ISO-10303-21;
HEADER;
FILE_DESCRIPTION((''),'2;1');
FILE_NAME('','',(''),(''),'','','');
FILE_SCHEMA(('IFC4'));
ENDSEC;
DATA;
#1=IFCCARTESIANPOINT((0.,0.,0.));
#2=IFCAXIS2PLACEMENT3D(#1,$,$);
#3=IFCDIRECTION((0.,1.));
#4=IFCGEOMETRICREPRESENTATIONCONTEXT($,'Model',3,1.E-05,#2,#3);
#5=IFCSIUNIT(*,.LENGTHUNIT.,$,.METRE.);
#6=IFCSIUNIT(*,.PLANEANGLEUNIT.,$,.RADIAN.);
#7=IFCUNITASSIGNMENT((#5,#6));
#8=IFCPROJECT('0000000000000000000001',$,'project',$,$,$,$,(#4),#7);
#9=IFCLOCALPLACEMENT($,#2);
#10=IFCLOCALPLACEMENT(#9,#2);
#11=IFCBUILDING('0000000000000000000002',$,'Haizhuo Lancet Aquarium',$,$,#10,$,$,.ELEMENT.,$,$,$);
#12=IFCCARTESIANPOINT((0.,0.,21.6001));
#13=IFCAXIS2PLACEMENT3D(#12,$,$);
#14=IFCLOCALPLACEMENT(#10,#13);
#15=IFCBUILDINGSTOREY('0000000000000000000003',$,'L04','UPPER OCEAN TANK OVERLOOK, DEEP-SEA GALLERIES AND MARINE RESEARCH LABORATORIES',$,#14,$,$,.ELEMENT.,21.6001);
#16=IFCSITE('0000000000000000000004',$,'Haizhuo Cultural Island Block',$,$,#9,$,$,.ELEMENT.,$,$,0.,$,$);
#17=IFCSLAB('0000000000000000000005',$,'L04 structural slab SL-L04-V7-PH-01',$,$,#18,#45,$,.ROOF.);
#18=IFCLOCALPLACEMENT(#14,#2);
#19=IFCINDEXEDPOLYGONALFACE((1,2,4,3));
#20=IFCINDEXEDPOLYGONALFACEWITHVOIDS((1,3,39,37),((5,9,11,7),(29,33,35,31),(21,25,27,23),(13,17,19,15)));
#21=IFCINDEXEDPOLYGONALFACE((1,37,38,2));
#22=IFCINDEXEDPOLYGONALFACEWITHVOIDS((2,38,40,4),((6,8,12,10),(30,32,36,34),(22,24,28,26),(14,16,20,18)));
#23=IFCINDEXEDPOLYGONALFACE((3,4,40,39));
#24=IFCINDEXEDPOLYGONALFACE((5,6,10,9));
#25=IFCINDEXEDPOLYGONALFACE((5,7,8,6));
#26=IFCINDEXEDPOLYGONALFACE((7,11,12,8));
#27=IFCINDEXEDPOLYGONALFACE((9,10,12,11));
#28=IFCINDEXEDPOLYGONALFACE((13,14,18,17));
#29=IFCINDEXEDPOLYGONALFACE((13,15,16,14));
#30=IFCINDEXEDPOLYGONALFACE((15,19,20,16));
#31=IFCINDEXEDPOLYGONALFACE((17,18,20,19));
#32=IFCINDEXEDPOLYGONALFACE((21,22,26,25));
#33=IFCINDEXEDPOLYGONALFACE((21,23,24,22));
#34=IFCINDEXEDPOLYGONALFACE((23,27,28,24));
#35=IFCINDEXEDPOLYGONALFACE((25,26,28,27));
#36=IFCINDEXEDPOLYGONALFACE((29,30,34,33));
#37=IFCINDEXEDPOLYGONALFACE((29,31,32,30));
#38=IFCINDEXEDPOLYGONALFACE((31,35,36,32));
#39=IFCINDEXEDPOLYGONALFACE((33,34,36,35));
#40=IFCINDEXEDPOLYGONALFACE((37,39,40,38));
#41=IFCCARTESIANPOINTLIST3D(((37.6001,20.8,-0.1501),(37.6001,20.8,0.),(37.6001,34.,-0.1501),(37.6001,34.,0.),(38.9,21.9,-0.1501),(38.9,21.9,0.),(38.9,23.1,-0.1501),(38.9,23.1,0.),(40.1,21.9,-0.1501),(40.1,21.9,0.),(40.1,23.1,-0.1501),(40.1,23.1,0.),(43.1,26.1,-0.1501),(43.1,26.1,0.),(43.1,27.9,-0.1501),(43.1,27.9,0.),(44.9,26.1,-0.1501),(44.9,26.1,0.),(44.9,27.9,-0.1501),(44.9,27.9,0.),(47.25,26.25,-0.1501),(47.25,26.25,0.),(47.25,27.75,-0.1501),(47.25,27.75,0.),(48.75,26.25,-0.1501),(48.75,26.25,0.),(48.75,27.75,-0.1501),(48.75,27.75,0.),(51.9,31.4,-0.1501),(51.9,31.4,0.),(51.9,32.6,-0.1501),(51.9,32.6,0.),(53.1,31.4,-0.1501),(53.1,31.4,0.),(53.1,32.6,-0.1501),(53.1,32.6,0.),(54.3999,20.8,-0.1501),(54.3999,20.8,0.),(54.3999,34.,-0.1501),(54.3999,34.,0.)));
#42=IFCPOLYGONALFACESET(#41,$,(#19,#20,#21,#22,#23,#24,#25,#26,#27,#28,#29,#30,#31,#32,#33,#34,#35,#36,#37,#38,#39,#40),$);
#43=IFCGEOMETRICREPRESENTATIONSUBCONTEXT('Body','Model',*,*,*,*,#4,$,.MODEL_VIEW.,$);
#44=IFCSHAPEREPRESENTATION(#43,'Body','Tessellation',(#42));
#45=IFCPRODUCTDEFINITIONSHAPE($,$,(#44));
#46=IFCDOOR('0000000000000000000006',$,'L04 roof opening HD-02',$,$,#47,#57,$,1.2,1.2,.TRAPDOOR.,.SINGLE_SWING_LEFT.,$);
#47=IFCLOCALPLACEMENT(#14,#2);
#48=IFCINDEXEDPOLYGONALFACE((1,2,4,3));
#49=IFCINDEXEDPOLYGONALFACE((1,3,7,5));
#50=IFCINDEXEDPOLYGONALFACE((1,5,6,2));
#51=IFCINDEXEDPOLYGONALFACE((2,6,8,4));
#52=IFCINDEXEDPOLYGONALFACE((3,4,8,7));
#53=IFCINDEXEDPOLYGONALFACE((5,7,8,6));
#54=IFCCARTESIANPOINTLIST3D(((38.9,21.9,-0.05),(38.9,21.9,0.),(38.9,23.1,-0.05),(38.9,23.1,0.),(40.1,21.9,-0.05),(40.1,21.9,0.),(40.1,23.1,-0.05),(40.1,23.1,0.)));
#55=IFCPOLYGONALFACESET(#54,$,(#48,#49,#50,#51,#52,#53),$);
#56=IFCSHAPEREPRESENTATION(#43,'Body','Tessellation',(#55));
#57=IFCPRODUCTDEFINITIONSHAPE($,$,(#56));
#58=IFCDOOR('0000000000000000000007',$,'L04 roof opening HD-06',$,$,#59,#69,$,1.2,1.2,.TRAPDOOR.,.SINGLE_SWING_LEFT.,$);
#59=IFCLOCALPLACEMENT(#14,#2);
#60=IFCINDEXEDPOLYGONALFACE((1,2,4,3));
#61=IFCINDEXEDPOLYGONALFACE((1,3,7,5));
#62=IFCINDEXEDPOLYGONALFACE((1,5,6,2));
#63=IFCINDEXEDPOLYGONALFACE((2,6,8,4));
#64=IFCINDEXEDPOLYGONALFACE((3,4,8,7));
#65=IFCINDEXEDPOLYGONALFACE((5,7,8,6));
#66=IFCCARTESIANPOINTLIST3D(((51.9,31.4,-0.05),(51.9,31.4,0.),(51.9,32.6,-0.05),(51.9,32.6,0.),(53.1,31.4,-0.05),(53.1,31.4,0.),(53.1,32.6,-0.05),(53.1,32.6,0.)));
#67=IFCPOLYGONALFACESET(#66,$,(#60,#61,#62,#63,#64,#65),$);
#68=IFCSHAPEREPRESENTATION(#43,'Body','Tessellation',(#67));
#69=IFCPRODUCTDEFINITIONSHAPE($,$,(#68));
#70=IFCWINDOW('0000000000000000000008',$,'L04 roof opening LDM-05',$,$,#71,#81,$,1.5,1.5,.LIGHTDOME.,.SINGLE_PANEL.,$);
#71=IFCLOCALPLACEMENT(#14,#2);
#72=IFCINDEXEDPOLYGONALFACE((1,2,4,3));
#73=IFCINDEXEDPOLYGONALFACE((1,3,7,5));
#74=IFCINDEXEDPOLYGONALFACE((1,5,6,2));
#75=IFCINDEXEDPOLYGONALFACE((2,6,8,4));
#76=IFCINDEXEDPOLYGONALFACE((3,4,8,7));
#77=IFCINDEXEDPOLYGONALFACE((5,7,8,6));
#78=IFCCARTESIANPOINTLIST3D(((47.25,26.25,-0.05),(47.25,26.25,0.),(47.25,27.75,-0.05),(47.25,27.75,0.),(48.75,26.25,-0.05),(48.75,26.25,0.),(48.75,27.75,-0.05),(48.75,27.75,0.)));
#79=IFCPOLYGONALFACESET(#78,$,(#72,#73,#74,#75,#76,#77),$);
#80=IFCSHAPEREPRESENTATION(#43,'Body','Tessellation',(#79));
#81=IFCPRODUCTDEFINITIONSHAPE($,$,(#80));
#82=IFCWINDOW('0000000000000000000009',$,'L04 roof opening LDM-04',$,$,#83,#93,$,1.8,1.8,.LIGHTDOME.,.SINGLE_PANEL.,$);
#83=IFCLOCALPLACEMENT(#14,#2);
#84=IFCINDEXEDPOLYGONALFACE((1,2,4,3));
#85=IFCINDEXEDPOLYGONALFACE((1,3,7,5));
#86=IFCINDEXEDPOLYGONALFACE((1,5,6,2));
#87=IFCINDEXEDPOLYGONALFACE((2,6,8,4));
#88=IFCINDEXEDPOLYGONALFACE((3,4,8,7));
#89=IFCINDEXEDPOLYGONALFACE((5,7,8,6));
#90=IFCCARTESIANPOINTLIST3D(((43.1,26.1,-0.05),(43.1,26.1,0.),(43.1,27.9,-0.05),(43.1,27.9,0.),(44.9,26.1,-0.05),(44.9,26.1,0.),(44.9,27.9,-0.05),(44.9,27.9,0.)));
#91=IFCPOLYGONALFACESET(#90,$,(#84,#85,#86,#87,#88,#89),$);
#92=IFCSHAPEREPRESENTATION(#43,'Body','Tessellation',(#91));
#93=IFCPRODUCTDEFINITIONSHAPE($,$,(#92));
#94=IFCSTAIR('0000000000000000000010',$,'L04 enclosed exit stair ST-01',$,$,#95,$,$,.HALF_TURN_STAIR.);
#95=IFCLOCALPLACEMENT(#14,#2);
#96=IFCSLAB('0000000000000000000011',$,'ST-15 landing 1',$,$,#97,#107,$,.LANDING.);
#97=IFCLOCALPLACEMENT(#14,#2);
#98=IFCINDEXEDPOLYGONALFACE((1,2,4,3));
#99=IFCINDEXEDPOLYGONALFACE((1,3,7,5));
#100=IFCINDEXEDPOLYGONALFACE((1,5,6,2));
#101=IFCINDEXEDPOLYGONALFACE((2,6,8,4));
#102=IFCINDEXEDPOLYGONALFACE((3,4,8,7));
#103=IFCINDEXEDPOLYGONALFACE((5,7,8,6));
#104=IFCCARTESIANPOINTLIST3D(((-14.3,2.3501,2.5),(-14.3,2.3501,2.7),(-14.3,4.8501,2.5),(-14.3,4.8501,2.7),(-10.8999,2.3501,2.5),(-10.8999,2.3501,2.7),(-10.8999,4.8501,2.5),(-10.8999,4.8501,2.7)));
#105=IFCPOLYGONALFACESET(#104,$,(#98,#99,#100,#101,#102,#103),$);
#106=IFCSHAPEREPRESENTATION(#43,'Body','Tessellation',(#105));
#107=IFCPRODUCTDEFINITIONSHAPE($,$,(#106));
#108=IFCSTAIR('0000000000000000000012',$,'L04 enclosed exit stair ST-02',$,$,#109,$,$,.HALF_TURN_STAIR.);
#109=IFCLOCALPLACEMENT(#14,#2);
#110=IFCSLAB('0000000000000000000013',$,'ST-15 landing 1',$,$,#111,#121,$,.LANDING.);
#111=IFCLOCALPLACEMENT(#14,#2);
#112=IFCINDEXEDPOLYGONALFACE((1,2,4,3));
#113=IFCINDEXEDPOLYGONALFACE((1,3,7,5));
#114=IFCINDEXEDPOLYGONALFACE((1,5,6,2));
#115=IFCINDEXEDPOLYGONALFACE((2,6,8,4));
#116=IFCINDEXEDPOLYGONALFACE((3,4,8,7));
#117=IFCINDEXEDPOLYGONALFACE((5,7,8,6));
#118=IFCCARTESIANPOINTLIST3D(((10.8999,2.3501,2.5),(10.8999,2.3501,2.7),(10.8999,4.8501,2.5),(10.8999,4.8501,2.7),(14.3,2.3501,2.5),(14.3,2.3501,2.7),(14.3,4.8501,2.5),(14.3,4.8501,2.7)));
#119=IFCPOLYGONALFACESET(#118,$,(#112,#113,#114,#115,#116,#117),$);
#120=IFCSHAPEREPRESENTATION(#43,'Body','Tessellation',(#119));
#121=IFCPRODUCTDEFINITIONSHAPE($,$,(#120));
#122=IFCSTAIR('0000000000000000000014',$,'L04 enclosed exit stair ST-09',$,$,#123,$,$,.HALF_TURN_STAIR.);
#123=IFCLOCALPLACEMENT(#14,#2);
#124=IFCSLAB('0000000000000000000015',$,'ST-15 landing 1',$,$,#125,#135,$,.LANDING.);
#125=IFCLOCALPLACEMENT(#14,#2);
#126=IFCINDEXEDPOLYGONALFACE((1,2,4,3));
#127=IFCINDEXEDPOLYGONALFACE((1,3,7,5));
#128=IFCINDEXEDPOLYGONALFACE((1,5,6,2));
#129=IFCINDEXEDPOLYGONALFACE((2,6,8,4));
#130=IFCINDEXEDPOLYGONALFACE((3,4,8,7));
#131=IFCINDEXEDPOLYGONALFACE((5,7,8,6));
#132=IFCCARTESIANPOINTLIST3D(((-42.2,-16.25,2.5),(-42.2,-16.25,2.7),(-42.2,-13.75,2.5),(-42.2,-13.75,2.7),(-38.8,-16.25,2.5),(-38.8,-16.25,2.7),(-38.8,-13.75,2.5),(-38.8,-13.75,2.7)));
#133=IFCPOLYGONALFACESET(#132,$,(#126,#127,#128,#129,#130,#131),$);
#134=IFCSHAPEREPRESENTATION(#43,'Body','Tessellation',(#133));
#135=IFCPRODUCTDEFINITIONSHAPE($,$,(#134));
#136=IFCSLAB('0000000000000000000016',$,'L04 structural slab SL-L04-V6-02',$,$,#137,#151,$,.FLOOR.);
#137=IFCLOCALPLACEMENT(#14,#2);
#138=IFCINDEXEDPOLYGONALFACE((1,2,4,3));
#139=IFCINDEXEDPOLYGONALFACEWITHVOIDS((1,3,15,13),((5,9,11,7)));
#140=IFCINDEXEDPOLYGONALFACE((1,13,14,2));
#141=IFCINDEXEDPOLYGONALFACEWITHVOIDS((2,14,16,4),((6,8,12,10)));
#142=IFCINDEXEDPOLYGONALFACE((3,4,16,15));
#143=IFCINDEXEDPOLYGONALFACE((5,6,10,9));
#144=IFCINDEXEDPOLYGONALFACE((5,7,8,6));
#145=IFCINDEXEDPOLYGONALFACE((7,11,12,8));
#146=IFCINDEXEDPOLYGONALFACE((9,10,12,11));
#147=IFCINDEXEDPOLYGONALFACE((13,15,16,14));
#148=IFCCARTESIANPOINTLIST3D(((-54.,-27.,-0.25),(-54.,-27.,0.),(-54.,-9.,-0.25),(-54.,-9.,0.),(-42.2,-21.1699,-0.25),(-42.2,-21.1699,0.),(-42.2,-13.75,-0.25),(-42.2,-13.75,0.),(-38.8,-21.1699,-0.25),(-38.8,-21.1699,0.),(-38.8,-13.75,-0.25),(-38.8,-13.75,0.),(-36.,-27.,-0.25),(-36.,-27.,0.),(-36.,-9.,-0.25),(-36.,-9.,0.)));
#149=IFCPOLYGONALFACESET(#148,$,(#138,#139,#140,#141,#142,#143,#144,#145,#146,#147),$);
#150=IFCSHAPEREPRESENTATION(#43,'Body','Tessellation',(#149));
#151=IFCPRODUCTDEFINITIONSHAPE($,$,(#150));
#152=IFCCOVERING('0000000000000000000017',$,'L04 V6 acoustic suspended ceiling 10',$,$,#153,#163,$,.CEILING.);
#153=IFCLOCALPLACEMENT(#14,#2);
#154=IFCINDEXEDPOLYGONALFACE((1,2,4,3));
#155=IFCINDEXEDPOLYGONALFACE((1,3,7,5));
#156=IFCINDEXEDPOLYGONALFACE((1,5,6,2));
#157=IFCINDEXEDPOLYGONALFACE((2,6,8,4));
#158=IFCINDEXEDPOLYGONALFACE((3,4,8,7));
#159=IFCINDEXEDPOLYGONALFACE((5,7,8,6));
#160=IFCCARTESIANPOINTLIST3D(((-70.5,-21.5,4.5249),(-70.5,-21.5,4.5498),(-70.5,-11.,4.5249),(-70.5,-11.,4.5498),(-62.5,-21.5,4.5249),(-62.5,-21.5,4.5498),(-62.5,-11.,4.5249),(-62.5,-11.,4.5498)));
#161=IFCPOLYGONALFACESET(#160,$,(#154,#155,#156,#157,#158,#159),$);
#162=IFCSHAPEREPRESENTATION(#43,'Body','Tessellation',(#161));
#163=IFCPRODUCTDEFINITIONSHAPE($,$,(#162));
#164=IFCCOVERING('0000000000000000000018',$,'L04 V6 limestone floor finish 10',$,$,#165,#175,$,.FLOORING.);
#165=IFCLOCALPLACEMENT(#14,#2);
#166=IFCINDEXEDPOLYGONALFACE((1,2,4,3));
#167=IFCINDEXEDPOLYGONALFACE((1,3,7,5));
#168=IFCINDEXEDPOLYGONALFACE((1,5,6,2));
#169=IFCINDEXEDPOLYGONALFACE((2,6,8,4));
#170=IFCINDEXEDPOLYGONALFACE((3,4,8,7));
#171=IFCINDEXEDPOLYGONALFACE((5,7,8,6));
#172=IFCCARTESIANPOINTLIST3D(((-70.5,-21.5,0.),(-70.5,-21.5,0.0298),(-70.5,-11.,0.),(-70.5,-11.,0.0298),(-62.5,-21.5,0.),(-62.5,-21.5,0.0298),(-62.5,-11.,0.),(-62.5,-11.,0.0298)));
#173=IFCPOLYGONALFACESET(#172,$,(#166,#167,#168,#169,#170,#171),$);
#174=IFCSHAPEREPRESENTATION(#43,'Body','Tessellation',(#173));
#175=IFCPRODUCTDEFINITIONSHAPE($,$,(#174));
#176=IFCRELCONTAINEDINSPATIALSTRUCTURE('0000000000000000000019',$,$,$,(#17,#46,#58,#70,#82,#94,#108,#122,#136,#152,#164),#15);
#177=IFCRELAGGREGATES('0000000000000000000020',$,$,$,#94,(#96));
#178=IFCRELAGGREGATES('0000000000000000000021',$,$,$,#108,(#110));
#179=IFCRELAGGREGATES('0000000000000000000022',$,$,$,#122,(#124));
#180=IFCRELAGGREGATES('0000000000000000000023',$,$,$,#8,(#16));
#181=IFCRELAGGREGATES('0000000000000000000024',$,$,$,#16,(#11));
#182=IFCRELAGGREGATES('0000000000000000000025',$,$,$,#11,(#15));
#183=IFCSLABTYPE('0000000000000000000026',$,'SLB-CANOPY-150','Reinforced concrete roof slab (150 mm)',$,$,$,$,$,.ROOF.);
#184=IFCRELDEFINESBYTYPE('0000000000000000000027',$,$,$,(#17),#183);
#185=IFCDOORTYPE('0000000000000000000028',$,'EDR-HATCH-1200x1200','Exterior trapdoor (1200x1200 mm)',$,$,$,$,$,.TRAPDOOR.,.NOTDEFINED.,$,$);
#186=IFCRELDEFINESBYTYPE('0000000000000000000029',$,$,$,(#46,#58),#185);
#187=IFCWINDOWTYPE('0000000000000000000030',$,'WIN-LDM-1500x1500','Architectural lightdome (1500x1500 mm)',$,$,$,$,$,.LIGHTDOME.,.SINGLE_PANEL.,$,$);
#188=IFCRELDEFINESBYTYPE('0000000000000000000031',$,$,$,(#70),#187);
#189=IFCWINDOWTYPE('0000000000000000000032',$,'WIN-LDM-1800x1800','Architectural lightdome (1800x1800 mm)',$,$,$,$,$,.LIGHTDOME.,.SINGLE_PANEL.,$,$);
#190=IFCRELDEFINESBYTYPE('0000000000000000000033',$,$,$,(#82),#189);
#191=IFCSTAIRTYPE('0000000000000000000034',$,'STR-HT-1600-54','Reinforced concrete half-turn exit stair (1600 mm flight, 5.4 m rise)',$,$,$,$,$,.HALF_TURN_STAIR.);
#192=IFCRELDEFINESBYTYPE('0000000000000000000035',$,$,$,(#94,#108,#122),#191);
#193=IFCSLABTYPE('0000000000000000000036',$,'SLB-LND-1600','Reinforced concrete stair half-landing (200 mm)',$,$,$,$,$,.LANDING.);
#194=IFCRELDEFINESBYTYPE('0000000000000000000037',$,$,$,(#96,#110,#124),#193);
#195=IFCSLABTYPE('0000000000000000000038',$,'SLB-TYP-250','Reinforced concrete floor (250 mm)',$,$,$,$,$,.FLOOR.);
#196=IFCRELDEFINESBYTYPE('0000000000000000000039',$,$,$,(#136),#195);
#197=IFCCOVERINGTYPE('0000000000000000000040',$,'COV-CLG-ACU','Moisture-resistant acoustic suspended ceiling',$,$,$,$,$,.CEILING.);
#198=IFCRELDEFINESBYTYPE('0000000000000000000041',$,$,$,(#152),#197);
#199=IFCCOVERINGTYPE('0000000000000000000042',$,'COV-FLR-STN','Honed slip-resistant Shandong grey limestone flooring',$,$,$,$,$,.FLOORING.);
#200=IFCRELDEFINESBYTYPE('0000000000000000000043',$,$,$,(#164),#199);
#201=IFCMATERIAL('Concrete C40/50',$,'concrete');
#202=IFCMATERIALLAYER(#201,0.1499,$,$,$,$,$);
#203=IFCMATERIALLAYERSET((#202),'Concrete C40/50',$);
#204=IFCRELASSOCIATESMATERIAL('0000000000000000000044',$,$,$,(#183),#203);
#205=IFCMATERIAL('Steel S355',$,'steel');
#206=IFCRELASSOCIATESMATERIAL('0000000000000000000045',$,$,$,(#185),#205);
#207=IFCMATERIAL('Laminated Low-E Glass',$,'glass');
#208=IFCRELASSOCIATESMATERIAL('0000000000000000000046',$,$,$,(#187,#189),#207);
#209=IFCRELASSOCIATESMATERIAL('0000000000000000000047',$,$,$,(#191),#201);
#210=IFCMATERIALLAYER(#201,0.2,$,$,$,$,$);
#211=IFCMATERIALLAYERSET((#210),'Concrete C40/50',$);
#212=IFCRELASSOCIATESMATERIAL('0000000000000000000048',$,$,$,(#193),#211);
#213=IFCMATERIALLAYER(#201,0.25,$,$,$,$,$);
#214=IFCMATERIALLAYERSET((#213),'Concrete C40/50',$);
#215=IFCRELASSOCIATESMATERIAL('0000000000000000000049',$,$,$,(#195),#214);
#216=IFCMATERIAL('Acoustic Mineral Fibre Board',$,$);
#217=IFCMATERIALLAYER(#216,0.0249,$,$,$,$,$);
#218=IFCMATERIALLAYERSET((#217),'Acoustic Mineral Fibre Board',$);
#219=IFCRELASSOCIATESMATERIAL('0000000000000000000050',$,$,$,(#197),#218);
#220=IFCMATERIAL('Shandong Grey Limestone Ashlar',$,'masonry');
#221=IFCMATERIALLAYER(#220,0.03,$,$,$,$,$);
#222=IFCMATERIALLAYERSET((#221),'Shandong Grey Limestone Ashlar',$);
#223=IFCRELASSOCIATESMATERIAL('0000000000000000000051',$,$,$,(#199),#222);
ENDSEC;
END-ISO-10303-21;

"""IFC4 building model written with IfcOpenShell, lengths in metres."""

from ifc_helpers import new_model, si_unit, direction, frame, origin, origin_2d, place, context, subcontext, project, spatial, polyline, rectangle, outline, extrude, material, layer, layer_set, type_object, element, fill, aggregate, save


model = new_model("IFC4")

# Units and contexts
model_context = context("Model", 3, precision=1e-05, world=origin(), true_north=direction((0.0, 1.0)))
body_context = subcontext(model_context, "Body", "Model", "MODEL_VIEW")
ifc_project = project(units=[si_unit("LENGTHUNIT", "METRE"), si_unit("PLANEANGLEUNIT", "RADIAN")], contexts=[model_context])

# Site, building, storey
site_placement = place(None, origin())
site = spatial("IfcSite", under=ifc_project, at=site_placement, Name="Haizhuo Cultural Island Block", CompositionType="ELEMENT", RefElevation=0.0)
building_placement = place(site_placement, origin())
building = spatial("IfcBuilding", under=site, at=building_placement, Name="Haizhuo Lancet Aquarium", CompositionType="ELEMENT")
storey_placement = place(building_placement, frame((0.0, 0.0, 21.6001)))
storey = spatial("IfcBuildingStorey", under=building, at=storey_placement, Name="L04", Description="UPPER OCEAN TANK OVERLOOK, DEEP-SEA GALLERIES AND MARINE RESEARCH LABORATORIES", CompositionType="ELEMENT", Elevation=21.6001)

# Shared definitions
ifc_material_1 = material(Name="Concrete C40/50", Category="concrete")

# Shared definitions
ifc_layer_1 = layer(ifc_material_1, 0.1499)
ifc_layer_set_1 = layer_set([ifc_layer_1], Name="Concrete C40/50")
slab_type_1 = type_object("IfcSlabType", Name="SLB-CANOPY-150", Description="Reinforced concrete roof slab (150 mm)", PredefinedType="ROOF", material=ifc_layer_set_1)
ifc_material_2 = material(Name="Steel S355", Category="steel")
door_type = type_object("IfcDoorType", Name="EDR-HATCH-1200x1200", Description="Exterior trapdoor (1200x1200 mm)", OperationType="NOTDEFINED", PredefinedType="TRAPDOOR", material=ifc_material_2)
ifc_material_3 = material(Name="Laminated Low-E Glass", Category="glass")
window_type_1 = type_object("IfcWindowType", Name="WIN-LDM-1500x1500", Description="Architectural lightdome (1500x1500 mm)", PartitioningType="SINGLE_PANEL", PredefinedType="LIGHTDOME", material=ifc_material_3)
window_type_2 = type_object("IfcWindowType", Name="WIN-LDM-1800x1800", Description="Architectural lightdome (1800x1800 mm)", PartitioningType="SINGLE_PANEL", PredefinedType="LIGHTDOME", material=ifc_material_3)

# Slab, openings, doors, windows
slab_1_placement = place(storey_placement, frame((0.0, 0.0, -0.1501)))
slab_1 = element("IfcSlab", 1, at=slab_1_placement, inside=storey, type_object=slab_type_1, Name="L04 structural slab SL-L04-V7-PH-01", PredefinedType="ROOF", context=body_context, shape_type="SweptSolid", body=[
    extrude(outline(polyline([(37.6001, 20.8), (54.3999, 20.8), (54.3999, 34.0), (37.6001, 34.0), (37.6001, 20.8)])), origin(), (0.0, 0.0, 1.0), 0.1501),
])
opening_1_placement = place(slab_1_placement, frame((44.0, 27.0, 0.0)))
opening_1 = element("IfcOpeningElement", 2, at=opening_1_placement, cuts=slab_1, PredefinedType="OPENING", context=body_context, shape_type="SweptSolid", body=[
    extrude(rectangle(XDim=1.8, YDim=1.8, at=origin_2d()), origin(), (0.0, 0.0, 1.0), 0.1501),
])
opening_2_placement = place(slab_1_placement, frame((48.0, 27.0, 0.0)))
opening_2 = element("IfcOpeningElement", 3, at=opening_2_placement, cuts=slab_1, PredefinedType="OPENING", context=body_context, shape_type="SweptSolid", body=[
    extrude(rectangle(XDim=1.5, YDim=1.5, at=origin_2d()), origin(), (0.0, 0.0, 1.0), 0.1501),
])
opening_3_placement = place(slab_1_placement, frame((39.5, 22.5, 0.0)))
opening_3 = element("IfcOpeningElement", 4, at=opening_3_placement, cuts=slab_1, PredefinedType="OPENING", context=body_context, shape_type="SweptSolid", body=[
    extrude(rectangle(XDim=1.2, YDim=1.2, at=origin_2d()), origin(), (0.0, 0.0, 1.0), 0.1501),
])
opening_4_placement = place(slab_1_placement, frame((52.5, 32.0, 0.0)))
opening_4 = element("IfcOpeningElement", 5, at=opening_4_placement, cuts=slab_1, PredefinedType="OPENING", context=body_context, shape_type="SweptSolid", body=[
    extrude(rectangle(XDim=1.2, YDim=1.2, at=origin_2d()), origin(), (0.0, 0.0, 1.0), 0.1501),
])
door_1_placement = place(opening_3_placement, frame((0.0, 0.0, 0.1001)))
door_1 = element("IfcDoor", 6, at=door_1_placement, inside=storey, type_object=door_type, Name="L04 roof opening HD-02", OperationType="SINGLE_SWING_LEFT", OverallHeight=1.2, OverallWidth=1.2, PredefinedType="TRAPDOOR", context=body_context, shape_type="SweptSolid", body=[
    extrude(rectangle(XDim=1.2, YDim=1.2, at=origin_2d()), origin(), (0.0, 0.0, 1.0), 0.05),
])
fill(opening_3, door_1)
door_2_placement = place(opening_4_placement, frame((0.0, 0.0, 0.1001)))
door_2 = element("IfcDoor", 7, at=door_2_placement, inside=storey, type_object=door_type, Name="L04 roof opening HD-06", OperationType="SINGLE_SWING_LEFT", OverallHeight=1.2, OverallWidth=1.2, PredefinedType="TRAPDOOR", context=body_context, shape_type="SweptSolid", body=[
    extrude(rectangle(XDim=1.2, YDim=1.2, at=origin_2d()), origin(), (0.0, 0.0, 1.0), 0.05),
])
fill(opening_4, door_2)
window_1_placement = place(opening_2_placement, frame((0.0, 0.0, 0.1001)))
window_1 = element("IfcWindow", 8, at=window_1_placement, inside=storey, type_object=window_type_1, Name="L04 roof opening LDM-05", OverallHeight=1.5, OverallWidth=1.5, PartitioningType="SINGLE_PANEL", PredefinedType="LIGHTDOME", context=body_context, shape_type="SweptSolid", body=[
    extrude(rectangle(XDim=1.5, YDim=1.5, at=origin_2d()), origin(), (0.0, 0.0, 1.0), 0.05),
])
fill(opening_2, window_1)
window_2_placement = place(opening_1_placement, frame((0.0, 0.0, 0.1001)))
window_2 = element("IfcWindow", 9, at=window_2_placement, inside=storey, type_object=window_type_2, Name="L04 roof opening LDM-04", OverallHeight=1.8, OverallWidth=1.8, PartitioningType="SINGLE_PANEL", PredefinedType="LIGHTDOME", context=body_context, shape_type="SweptSolid", body=[
    extrude(rectangle(XDim=1.8, YDim=1.8, at=origin_2d()), origin(), (0.0, 0.0, 1.0), 0.05),
])
fill(opening_1, window_2)

# Stairs, slabs
stair_type = type_object("IfcStairType", Name="STR-HT-1600-54", Description="Reinforced concrete half-turn exit stair (1600 mm flight, 5.4 m rise)", PredefinedType="HALF_TURN_STAIR", material=ifc_material_1)
stair_1_placement = place(storey_placement, origin())
stair_1 = element("IfcStair", 10, at=stair_1_placement, inside=storey, type_object=stair_type, Name="L04 enclosed exit stair ST-01", PredefinedType="HALF_TURN_STAIR")
ifc_layer_2 = layer(ifc_material_1, 0.2)
ifc_layer_set_2 = layer_set([ifc_layer_2], Name="Concrete C40/50")
slab_type_2 = type_object("IfcSlabType", Name="SLB-LND-1600", Description="Reinforced concrete stair half-landing (200 mm)", PredefinedType="LANDING", material=ifc_layer_set_2)
slab_2_placement = place(storey_placement, frame((0.0, 0.0, 2.5)))
slab_2 = element("IfcSlab", 11, at=slab_2_placement, type_object=slab_type_2, Name="ST-15 landing 1", PredefinedType="LANDING", context=body_context, shape_type="SweptSolid", body=[
    extrude(outline(polyline([(-10.8999, 2.3501), (-10.8999, 4.8501), (-14.3, 4.8501), (-14.3, 2.3501), (-10.8999, 2.3501)])), origin(), (0.0, 0.0, 1.0), 0.2),
])
aggregate(stair_1, [slab_2])
stair_2_placement = place(storey_placement, origin())
stair_2 = element("IfcStair", 12, at=stair_2_placement, inside=storey, type_object=stair_type, Name="L04 enclosed exit stair ST-02", PredefinedType="HALF_TURN_STAIR")
slab_3_placement = place(storey_placement, frame((0.0, 0.0, 2.5)))
slab_3 = element("IfcSlab", 13, at=slab_3_placement, type_object=slab_type_2, Name="ST-15 landing 1", PredefinedType="LANDING", context=body_context, shape_type="SweptSolid", body=[
    extrude(outline(polyline([(14.3, 2.3501), (14.3, 4.8501), (10.8999, 4.8501), (10.8999, 2.3501), (14.3, 2.3501)])), origin(), (0.0, 0.0, 1.0), 0.2),
])
aggregate(stair_2, [slab_3])
stair_3_placement = place(storey_placement, origin())
stair_3 = element("IfcStair", 14, at=stair_3_placement, inside=storey, type_object=stair_type, Name="L04 enclosed exit stair ST-09", PredefinedType="HALF_TURN_STAIR")
slab_4_placement = place(storey_placement, frame((0.0, 0.0, 2.5)))
slab_4 = element("IfcSlab", 15, at=slab_4_placement, type_object=slab_type_2, Name="ST-15 landing 1", PredefinedType="LANDING", context=body_context, shape_type="SweptSolid", body=[
    extrude(outline(polyline([(-38.8, -16.25), (-38.8, -13.75), (-42.2, -13.75), (-42.2, -16.25), (-38.8, -16.25)])), origin(), (0.0, 0.0, 1.0), 0.2),
])
aggregate(stair_3, [slab_4])

# Slab
ifc_layer_3 = layer(ifc_material_1, 0.25)
ifc_layer_set_3 = layer_set([ifc_layer_3], Name="Concrete C40/50")
slab_type_3 = type_object("IfcSlabType", Name="SLB-TYP-250", Description="Reinforced concrete floor (250 mm)", PredefinedType="FLOOR", material=ifc_layer_set_3)
slab_5_placement = place(storey_placement, frame((0.0, 0.0, -0.25)))
element("IfcSlab", 16, at=slab_5_placement, inside=storey, type_object=slab_type_3, Name="L04 structural slab SL-L04-V6-02", PredefinedType="FLOOR", context=body_context, shape_type="SweptSolid", body=[
    extrude(outline(polyline([(-54.0, -9.0), (-54.0, -27.0), (-36.0, -27.0), (-36.0, -9.0), (-54.0, -9.0)]), holes=[polyline([(-38.8, -13.75), (-42.2, -13.75), (-42.2, -21.1699), (-38.8, -21.1699), (-38.8, -13.75)])]), origin(), (0.0, 0.0, 1.0), 0.25),
])

# Coverings
ifc_material_4 = material(Name="Acoustic Mineral Fibre Board")
ifc_layer_4 = layer(ifc_material_4, 0.0249)
ifc_layer_set_4 = layer_set([ifc_layer_4], Name="Acoustic Mineral Fibre Board")
covering_type_1 = type_object("IfcCoveringType", Name="COV-CLG-ACU", Description="Moisture-resistant acoustic suspended ceiling", PredefinedType="CEILING", material=ifc_layer_set_4)
covering_1_placement = place(storey_placement, frame((0.0, 0.0, 4.5249)))
element("IfcCovering", 17, at=covering_1_placement, inside=storey, type_object=covering_type_1, Name="L04 V6 acoustic suspended ceiling 10", PredefinedType="CEILING", context=body_context, shape_type="SweptSolid", body=[
    extrude(outline(polyline([(-70.5, -21.5), (-62.5, -21.5), (-62.5, -11.0), (-70.5, -11.0), (-70.5, -21.5)])), origin(), (0.0, 0.0, 1.0), 0.0249),
])
ifc_material_5 = material(Name="Shandong Grey Limestone Ashlar", Category="masonry")
ifc_layer_5 = layer(ifc_material_5, 0.03)
ifc_layer_set_5 = layer_set([ifc_layer_5], Name="Shandong Grey Limestone Ashlar")
covering_type_2 = type_object("IfcCoveringType", Name="COV-FLR-STN", Description="Honed slip-resistant Shandong grey limestone flooring", PredefinedType="FLOORING", material=ifc_layer_set_5)
covering_2_placement = place(storey_placement, origin())
element("IfcCovering", 18, at=covering_2_placement, inside=storey, type_object=covering_type_2, Name="L04 V6 limestone floor finish 10", PredefinedType="FLOORING", context=body_context, shape_type="SweptSolid", body=[
    extrude(outline(polyline([(-70.5, -21.5), (-62.5, -21.5), (-62.5, -11.0), (-70.5, -11.0), (-70.5, -21.5)])), origin(), (0.0, 0.0, 1.0), 0.0298),
])

save(model, "model.ifc")
